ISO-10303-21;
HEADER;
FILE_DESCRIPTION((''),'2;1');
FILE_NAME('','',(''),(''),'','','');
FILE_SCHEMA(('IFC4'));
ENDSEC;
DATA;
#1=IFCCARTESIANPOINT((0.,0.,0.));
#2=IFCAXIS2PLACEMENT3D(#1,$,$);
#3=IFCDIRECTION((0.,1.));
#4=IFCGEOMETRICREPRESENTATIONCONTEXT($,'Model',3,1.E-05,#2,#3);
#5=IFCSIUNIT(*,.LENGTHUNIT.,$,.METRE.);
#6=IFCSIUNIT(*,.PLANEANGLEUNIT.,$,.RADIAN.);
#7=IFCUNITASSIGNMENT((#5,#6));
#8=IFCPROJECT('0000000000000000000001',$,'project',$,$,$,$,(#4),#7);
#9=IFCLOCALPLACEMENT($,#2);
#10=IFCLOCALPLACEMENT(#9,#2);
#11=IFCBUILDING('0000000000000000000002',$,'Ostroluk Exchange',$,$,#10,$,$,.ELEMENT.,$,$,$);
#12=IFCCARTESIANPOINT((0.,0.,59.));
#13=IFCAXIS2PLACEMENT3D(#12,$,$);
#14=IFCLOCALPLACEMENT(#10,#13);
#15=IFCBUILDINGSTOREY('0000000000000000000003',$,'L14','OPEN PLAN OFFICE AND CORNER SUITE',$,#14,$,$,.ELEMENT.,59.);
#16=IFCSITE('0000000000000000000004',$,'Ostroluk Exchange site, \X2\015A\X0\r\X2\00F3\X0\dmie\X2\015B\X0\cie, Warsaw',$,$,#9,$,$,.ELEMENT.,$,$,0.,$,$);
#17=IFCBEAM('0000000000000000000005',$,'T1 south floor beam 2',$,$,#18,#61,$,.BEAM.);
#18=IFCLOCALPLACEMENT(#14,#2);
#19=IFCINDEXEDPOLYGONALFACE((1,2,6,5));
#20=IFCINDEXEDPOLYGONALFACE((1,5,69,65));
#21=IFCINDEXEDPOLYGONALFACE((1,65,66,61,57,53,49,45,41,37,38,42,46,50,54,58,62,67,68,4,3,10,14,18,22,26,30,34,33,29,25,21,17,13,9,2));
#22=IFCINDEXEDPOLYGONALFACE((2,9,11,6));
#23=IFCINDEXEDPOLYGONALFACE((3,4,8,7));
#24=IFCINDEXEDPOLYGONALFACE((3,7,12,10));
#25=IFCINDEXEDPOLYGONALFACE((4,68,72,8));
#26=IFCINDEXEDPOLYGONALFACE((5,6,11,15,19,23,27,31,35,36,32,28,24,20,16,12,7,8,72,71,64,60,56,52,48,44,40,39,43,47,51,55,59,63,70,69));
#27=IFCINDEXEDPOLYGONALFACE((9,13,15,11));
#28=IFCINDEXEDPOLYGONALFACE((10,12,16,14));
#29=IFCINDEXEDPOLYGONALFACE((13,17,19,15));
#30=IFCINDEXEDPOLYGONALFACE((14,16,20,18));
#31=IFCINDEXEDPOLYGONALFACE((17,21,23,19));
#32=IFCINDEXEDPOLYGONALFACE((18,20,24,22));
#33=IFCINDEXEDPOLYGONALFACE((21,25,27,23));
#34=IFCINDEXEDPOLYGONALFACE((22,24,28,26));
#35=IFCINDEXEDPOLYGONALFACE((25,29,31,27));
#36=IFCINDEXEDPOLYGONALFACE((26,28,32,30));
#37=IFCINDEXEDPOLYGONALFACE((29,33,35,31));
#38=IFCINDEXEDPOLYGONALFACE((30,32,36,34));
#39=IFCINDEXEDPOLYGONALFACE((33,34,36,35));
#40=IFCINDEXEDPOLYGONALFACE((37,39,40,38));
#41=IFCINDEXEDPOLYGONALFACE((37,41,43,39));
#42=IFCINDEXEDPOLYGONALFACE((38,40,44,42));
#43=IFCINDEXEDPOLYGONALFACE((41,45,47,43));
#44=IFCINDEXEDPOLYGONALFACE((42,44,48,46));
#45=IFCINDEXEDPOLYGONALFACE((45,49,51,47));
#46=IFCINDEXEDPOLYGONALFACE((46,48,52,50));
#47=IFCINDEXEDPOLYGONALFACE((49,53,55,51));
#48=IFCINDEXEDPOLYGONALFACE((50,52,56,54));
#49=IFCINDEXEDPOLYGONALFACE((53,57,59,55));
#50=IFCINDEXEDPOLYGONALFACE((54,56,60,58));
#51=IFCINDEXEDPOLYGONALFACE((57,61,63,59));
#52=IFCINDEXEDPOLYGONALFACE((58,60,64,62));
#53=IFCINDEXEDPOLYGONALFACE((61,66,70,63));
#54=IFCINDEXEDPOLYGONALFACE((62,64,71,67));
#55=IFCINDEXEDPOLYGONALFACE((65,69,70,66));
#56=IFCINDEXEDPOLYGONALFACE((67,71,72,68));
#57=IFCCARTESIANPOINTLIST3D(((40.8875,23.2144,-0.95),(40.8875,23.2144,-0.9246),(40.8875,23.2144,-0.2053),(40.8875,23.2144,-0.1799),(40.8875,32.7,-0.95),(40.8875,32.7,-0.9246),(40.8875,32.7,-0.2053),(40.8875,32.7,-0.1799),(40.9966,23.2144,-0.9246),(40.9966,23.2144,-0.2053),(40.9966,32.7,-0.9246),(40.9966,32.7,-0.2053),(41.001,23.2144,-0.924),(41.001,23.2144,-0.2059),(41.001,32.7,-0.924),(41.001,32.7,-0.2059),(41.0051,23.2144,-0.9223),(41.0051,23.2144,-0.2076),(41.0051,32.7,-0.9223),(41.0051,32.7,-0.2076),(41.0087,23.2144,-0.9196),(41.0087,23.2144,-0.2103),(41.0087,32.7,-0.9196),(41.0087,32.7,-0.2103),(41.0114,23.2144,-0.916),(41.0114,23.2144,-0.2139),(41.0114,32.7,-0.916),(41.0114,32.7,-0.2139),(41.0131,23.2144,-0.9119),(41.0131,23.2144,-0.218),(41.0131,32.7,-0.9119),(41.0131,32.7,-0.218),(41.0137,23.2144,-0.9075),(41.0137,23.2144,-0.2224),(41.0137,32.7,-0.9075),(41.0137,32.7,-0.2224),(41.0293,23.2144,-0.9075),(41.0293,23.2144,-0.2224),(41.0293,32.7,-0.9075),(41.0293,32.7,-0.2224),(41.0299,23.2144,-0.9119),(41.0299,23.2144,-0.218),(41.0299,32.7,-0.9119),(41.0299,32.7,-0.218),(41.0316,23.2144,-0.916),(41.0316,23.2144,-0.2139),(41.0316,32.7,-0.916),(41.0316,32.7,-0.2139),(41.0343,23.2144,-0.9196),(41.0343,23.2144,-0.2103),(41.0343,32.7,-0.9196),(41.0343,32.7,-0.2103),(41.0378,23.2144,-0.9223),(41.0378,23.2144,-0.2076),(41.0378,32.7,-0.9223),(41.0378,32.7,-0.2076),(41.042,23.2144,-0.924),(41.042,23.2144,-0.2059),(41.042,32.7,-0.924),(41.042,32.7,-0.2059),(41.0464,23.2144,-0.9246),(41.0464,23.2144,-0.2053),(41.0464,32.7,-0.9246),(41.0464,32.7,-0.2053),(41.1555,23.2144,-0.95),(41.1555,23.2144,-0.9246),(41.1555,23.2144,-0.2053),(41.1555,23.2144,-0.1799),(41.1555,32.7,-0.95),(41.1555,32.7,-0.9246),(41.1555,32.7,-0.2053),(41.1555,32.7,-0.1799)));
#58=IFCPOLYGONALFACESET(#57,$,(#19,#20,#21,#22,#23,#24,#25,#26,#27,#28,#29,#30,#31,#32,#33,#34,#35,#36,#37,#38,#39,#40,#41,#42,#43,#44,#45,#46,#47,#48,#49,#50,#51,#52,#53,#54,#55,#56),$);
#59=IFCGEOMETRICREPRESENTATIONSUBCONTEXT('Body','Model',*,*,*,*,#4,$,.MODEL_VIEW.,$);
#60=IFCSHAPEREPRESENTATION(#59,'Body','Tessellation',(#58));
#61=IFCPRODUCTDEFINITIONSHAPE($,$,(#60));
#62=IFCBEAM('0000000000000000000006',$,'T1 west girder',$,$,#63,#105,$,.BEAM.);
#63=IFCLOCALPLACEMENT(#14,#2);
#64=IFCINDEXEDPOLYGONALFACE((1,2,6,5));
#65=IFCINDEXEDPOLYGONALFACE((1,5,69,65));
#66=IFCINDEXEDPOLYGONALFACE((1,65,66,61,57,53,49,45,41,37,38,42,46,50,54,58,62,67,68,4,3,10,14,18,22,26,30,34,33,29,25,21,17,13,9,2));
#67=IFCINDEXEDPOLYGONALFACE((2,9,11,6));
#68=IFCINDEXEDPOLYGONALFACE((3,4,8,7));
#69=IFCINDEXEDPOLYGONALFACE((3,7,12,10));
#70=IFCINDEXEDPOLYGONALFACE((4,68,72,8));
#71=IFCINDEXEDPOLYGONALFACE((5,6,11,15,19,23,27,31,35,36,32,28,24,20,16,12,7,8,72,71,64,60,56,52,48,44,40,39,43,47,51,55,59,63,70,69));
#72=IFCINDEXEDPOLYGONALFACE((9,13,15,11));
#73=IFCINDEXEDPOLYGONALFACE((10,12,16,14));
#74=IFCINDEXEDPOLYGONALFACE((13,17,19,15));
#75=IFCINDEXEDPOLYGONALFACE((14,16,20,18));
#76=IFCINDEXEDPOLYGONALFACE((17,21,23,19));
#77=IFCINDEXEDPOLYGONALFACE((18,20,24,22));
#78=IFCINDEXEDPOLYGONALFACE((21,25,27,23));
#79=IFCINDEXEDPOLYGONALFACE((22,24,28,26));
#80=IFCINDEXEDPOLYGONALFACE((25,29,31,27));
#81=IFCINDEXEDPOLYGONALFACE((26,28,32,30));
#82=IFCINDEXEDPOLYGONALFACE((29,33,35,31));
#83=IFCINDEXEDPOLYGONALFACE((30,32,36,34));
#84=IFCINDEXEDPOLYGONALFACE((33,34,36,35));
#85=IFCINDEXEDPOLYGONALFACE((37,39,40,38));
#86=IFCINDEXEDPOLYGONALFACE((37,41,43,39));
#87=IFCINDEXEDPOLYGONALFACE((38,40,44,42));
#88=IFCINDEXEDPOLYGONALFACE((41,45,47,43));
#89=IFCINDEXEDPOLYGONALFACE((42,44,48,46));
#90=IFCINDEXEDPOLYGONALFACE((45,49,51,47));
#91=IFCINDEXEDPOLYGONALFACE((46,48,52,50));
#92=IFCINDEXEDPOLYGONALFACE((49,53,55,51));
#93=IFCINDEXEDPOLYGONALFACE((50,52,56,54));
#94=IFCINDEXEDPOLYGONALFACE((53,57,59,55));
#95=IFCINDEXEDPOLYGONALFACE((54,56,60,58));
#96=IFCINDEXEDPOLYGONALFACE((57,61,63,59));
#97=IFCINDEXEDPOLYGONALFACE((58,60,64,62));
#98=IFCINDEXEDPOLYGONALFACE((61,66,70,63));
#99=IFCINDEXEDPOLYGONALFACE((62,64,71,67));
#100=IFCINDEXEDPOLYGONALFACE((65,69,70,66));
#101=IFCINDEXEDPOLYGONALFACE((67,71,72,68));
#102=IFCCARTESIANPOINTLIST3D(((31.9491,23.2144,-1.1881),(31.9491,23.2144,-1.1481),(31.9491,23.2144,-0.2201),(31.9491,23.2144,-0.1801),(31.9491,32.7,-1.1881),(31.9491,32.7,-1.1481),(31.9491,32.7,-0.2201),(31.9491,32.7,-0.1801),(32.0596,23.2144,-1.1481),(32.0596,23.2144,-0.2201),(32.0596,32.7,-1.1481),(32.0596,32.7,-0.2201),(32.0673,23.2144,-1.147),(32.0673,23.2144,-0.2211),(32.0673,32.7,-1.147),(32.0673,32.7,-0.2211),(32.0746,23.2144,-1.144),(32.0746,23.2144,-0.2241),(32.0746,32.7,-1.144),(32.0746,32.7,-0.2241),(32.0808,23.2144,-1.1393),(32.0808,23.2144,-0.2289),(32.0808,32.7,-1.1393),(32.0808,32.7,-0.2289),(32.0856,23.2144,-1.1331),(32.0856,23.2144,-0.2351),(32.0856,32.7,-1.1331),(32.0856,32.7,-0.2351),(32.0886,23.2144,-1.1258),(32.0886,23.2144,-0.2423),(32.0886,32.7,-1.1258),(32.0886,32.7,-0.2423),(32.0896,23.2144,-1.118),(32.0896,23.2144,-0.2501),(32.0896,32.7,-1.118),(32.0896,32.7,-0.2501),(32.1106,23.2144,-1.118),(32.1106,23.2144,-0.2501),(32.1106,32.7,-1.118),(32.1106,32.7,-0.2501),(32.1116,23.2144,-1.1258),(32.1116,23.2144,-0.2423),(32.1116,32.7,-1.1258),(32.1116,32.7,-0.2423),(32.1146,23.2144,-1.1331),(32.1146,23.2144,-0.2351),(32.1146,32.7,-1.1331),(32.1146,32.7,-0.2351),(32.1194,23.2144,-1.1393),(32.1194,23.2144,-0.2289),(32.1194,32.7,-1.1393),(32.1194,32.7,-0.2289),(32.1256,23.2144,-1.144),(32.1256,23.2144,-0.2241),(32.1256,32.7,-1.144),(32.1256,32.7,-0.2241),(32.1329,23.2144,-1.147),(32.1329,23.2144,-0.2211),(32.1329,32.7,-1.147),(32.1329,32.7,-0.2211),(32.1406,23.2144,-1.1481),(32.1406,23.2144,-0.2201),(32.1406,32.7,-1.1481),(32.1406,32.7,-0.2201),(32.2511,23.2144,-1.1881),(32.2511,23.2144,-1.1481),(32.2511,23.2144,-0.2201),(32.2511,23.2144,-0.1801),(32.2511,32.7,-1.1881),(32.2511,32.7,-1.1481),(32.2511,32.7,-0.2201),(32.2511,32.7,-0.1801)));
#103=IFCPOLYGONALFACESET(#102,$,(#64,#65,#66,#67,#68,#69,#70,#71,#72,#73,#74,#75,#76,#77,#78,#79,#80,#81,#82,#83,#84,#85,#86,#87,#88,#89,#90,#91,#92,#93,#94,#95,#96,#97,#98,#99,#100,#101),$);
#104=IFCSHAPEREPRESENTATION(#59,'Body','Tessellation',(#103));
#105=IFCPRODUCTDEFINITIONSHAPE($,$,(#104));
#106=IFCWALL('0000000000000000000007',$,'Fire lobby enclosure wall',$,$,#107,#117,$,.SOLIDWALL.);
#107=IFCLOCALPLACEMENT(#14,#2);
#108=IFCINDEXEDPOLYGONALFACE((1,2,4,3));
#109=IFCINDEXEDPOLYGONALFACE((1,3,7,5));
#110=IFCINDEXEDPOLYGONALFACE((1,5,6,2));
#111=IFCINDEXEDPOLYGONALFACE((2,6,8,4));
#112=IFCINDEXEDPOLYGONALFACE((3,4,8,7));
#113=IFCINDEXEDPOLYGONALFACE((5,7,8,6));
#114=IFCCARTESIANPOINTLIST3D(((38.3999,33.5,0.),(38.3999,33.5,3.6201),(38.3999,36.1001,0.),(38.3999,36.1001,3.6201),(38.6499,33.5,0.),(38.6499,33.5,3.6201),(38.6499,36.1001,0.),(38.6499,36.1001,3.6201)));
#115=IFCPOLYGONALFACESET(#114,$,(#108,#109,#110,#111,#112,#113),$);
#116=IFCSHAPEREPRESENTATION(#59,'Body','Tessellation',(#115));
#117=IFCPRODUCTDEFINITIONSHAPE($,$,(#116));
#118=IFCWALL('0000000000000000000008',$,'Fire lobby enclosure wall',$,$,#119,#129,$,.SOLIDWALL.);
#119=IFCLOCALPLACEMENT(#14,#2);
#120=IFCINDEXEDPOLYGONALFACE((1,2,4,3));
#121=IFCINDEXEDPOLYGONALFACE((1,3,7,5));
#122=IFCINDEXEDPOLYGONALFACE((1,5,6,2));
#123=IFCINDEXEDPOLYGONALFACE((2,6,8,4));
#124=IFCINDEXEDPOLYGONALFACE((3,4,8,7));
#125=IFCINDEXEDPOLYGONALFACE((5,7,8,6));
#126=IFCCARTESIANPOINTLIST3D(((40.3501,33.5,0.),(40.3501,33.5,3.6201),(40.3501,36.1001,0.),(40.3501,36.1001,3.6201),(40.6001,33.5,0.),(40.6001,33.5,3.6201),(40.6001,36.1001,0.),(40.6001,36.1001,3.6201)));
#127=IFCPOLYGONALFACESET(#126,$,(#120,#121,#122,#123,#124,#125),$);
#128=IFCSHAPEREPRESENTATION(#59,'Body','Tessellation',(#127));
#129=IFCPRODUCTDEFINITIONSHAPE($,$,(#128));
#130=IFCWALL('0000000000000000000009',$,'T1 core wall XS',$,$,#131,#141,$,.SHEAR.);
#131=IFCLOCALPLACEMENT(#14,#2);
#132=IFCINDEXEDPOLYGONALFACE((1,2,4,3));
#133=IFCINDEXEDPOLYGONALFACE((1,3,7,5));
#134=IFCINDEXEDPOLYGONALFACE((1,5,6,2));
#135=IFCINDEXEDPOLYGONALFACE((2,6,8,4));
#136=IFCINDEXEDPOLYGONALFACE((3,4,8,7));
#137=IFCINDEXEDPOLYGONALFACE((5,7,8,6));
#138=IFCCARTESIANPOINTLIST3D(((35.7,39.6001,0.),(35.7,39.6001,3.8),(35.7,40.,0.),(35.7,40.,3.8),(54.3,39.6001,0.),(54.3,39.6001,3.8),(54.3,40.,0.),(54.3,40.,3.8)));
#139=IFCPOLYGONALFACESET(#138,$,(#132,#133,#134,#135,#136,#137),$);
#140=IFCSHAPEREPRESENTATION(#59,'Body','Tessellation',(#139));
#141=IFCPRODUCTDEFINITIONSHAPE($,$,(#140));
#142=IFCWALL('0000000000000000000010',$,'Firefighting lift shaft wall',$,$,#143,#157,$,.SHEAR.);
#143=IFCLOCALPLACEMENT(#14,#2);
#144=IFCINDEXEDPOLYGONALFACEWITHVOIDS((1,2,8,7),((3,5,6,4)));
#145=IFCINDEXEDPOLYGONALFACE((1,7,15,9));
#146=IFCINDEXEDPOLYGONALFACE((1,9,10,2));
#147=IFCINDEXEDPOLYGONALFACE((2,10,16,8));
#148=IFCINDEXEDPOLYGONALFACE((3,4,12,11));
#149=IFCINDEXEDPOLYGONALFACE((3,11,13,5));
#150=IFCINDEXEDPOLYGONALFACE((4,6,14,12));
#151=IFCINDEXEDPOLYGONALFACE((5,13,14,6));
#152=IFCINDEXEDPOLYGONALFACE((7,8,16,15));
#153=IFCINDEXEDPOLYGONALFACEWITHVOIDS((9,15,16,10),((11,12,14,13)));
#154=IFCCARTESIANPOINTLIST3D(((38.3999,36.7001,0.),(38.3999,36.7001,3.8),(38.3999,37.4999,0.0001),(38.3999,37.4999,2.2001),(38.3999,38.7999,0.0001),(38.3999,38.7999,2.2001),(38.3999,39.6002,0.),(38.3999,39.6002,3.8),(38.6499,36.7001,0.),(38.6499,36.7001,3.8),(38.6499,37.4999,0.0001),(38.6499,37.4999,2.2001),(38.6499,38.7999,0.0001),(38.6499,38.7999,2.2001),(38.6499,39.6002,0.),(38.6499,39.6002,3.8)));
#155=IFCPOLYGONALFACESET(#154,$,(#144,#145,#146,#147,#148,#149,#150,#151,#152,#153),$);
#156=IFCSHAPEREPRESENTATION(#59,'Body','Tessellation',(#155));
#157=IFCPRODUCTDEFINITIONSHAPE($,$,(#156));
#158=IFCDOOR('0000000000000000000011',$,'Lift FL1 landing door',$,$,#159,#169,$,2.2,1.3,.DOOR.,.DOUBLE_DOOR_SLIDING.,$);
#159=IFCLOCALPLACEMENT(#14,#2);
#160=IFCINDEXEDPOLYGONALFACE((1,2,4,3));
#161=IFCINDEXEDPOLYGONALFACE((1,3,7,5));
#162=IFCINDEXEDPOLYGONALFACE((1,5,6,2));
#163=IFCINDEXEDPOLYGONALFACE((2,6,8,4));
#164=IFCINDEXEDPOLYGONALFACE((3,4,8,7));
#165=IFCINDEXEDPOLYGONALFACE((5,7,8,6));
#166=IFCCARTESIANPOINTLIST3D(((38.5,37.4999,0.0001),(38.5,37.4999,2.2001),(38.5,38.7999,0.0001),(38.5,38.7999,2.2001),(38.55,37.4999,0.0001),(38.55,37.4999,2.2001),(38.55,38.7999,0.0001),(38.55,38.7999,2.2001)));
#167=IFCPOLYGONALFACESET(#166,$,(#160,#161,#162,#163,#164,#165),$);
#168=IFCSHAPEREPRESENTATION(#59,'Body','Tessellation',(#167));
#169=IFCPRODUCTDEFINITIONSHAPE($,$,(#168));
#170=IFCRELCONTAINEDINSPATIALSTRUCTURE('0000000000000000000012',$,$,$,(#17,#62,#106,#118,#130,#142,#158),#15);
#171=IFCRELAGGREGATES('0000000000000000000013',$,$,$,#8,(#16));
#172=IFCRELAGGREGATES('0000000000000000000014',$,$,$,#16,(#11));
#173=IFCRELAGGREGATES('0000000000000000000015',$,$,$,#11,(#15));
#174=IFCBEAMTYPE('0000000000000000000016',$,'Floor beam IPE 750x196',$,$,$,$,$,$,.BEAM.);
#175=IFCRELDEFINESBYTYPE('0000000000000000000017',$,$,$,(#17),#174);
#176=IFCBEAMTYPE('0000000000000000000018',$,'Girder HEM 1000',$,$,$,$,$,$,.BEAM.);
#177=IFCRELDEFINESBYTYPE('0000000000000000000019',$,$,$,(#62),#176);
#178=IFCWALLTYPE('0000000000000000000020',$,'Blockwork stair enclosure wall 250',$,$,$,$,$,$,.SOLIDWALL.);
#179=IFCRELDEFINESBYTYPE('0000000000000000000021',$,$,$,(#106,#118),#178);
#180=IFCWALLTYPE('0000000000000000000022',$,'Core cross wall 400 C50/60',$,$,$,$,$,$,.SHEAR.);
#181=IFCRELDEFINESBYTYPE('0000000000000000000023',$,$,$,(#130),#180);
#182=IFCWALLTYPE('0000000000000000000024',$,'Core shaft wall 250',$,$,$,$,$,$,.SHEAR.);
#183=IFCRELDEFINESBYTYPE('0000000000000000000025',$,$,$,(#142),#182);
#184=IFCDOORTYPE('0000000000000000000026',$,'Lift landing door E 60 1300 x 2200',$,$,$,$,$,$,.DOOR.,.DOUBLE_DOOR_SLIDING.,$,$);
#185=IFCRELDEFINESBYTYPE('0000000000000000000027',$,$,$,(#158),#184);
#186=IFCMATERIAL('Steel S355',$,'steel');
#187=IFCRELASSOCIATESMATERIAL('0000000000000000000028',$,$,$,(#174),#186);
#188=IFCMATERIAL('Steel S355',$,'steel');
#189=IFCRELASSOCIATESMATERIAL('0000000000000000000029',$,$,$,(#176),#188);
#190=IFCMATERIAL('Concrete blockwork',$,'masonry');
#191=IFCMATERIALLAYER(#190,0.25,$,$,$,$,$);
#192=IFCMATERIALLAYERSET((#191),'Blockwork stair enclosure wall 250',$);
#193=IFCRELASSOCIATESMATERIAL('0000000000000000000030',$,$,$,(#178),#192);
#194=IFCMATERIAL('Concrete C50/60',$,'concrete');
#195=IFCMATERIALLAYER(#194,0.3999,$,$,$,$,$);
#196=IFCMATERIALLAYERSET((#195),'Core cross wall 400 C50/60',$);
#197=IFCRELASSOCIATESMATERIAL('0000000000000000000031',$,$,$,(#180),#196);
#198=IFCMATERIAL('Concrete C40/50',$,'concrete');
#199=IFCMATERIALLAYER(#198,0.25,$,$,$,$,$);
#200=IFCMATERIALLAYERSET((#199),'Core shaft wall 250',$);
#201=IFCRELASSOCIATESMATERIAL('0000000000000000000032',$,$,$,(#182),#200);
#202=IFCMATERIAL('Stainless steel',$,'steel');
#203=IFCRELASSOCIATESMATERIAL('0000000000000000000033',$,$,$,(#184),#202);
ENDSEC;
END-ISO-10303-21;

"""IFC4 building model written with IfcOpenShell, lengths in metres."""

from ifc_helpers import new_model, si_unit, direction, frame, frame_2d, origin, origin_2d, place, context, subcontext, project, spatial, rectangle, i_section, extrude, material, layer, layer_set, material_profile, profile_set, type_object, element, fill, save


model = new_model("IFC4")

# Units and contexts
model_context = context("Model", 3, precision=1e-05, world=origin(), true_north=direction((0.0, 1.0)))
body_context = subcontext(model_context, "Body", "Model", "MODEL_VIEW")
ifc_project = project(units=[si_unit("LENGTHUNIT", "METRE"), si_unit("PLANEANGLEUNIT", "RADIAN")], contexts=[model_context])

# Site, building, storey
site_placement = place(None, origin())
site = spatial("IfcSite", under=ifc_project, at=site_placement, Name="Ostroluk Exchange site, Śródmieście, Warsaw", CompositionType="ELEMENT", RefElevation=0.0)
building_placement = place(site_placement, origin())
building = spatial("IfcBuilding", under=site, at=building_placement, Name="Ostroluk Exchange", CompositionType="ELEMENT")
storey_placement = place(building_placement, frame((0.0, 0.0, 59.0)))
storey = spatial("IfcBuildingStorey", under=building, at=storey_placement, Name="L14", Description="OPEN PLAN OFFICE AND CORNER SUITE", CompositionType="ELEMENT", Elevation=59.0)

# Beams
ifc_material_1 = material(Name="Steel S355", Category="steel")
ifc_material_profile_1 = material_profile(ifc_material_1, i_section(OverallWidth=0.2681, OverallDepth=0.77, WebThickness=0.0156, FlangeThickness=0.0254, FilletRadius=0.0171, at=origin_2d()), Name="IPE 750x196")
ifc_profile_set_1 = profile_set([ifc_material_profile_1], Name="Steel S355")
beam_type_1 = type_object("IfcBeamType", Name="Floor beam IPE 750x196", PredefinedType="BEAM", material=ifc_profile_set_1)
for number, where, z_axis, x_axis, name in (
    (1, (41.0215, 32.7, -0.5649), (0.0, -1.0, 0.0), (1.0, 0.0, 0.0), "T1 south floor beam 2"),
):
    element("IfcBeam", number, at=place(storey_placement, frame(where, z_axis=z_axis, x_axis=x_axis)), inside=storey, type_object=beam_type_1, Name=name, PredefinedType="BEAM", context=body_context, shape_type="SweptSolid", body=[
        extrude(i_section(OverallWidth=0.2681, OverallDepth=0.77, WebThickness=0.0156, FlangeThickness=0.0254, FilletRadius=0.0171, at=origin_2d()), origin(), (0.0, 0.0, 1.0), 9.4856),
    ])
ifc_material_2 = material(Name="Steel S355", Category="steel")
ifc_material_profile_2 = material_profile(ifc_material_2, i_section(OverallWidth=0.302, OverallDepth=1.0081, WebThickness=0.021, FlangeThickness=0.04, FilletRadius=0.03, at=origin_2d()), Name="HEM 1000")
ifc_profile_set_2 = profile_set([ifc_material_profile_2], Name="Steel S355")
beam_type_2 = type_object("IfcBeamType", Name="Girder HEM 1000", PredefinedType="BEAM", material=ifc_profile_set_2)
beam_1_placement = place(storey_placement, frame((32.1001, 32.7, -0.6841), z_axis=(0.0, -1.0, 0.0), x_axis=(1.0, 0.0, 0.0)))
element("IfcBeam", 2, at=beam_1_placement, inside=storey, type_object=beam_type_2, Name="T1 west girder", PredefinedType="BEAM", context=body_context, shape_type="SweptSolid", body=[
    extrude(i_section(OverallWidth=0.302, OverallDepth=1.0081, WebThickness=0.021, FlangeThickness=0.04, FilletRadius=0.03, at=origin_2d()), origin(), (0.0, 0.0, 1.0), 9.4856),
])

# Walls
ifc_material_3 = material(Name="Concrete blockwork", Category="masonry")
ifc_layer_1 = layer(ifc_material_3, 0.25)
ifc_layer_set_1 = layer_set([ifc_layer_1], Name="Blockwork stair enclosure wall 250")
wall_type_1 = type_object("IfcWallType", Name="Blockwork stair enclosure wall 250", PredefinedType="SOLIDWALL", material=ifc_layer_set_1)
for number, where, z_axis, x_axis, name in (
    (3, (38.5249, 33.5, 0.0), (0.0, 0.0, 1.0), (0.0, 1.0, 0.0), "Fire lobby enclosure wall"),
    (4, (40.4751, 33.5, 0.0), (0.0, 0.0, 1.0), (0.0, 1.0, 0.0), "Fire lobby enclosure wall"),
):
    element("IfcWall", number, at=place(storey_placement, frame(where, z_axis=z_axis, x_axis=x_axis)), inside=storey, type_object=wall_type_1, Name=name, PredefinedType="SOLIDWALL", context=body_context, shape_type="SweptSolid", body=[
        extrude(rectangle(XDim=2.6001, YDim=0.25, at=frame_2d((1.3, 0.0))), origin(), (0.0, 0.0, 1.0), 3.6201),
    ])
ifc_material_4 = material(Name="Concrete C50/60", Category="concrete")
ifc_layer_2 = layer(ifc_material_4, 0.3999)
ifc_layer_set_2 = layer_set([ifc_layer_2], Name="Core cross wall 400 C50/60")
wall_type_2 = type_object("IfcWallType", Name="Core cross wall 400 C50/60", PredefinedType="SHEAR", material=ifc_layer_set_2)
wall_1_placement = place(storey_placement, frame((35.7, 39.8, 0.0), z_axis=(0.0, 0.0, 1.0), x_axis=(1.0, 0.0, 0.0)))
element("IfcWall", 5, at=wall_1_placement, inside=storey, type_object=wall_type_2, Name="T1 core wall XS", PredefinedType="SHEAR", context=body_context, shape_type="SweptSolid", body=[
    extrude(rectangle(XDim=18.6001, YDim=0.3999, at=frame_2d((9.3, 0.0))), origin(), (0.0, 0.0, 1.0), 3.8),
])

# Wall, opening, door
ifc_material_5 = material(Name="Concrete C40/50", Category="concrete")
ifc_layer_3 = layer(ifc_material_5, 0.25)
ifc_layer_set_3 = layer_set([ifc_layer_3], Name="Core shaft wall 250")
wall_type_3 = type_object("IfcWallType", Name="Core shaft wall 250", PredefinedType="SHEAR", material=ifc_layer_set_3)
wall_2_placement = place(storey_placement, frame((38.5249, 36.7, 0.0), z_axis=(0.0, 0.0, 1.0), x_axis=(0.0, 1.0, 0.0)))
wall_2 = element("IfcWall", 6, at=wall_2_placement, inside=storey, type_object=wall_type_3, Name="Firefighting lift shaft wall", PredefinedType="SHEAR", context=body_context, shape_type="SweptSolid", body=[
    extrude(rectangle(XDim=2.9001, YDim=0.25, at=frame_2d((1.4502, 0.0))), origin(), (0.0, 0.0, 1.0), 3.8),
])
opening_1_placement = place(wall_2_placement, frame((0.8, 0.0, 0.0)))
opening_1 = element("IfcOpeningElement", 7, at=opening_1_placement, cuts=wall_2, PredefinedType="OPENING", context=body_context, shape_type="SweptSolid", body=[
    extrude(rectangle(XDim=1.3, YDim=2.2, at=frame_2d((0.6499, 1.1001))), frame((0.0, 0.135, 0.0), z_axis=(0.0, -1.0, 0.0), x_axis=(1.0, 0.0, 0.0)), (0.0, 0.0, 1.0), 0.27),
])
ifc_material_6 = material(Name="Stainless steel", Category="steel")
door_type_1 = type_object("IfcDoorType", Name="Lift landing door E 60 1300 x 2200", OperationType="DOUBLE_DOOR_SLIDING", PredefinedType="DOOR", material=ifc_material_6)
door_1_placement = place(opening_1_placement, origin())
door_1 = element("IfcDoor", 8, at=door_1_placement, inside=storey, type_object=door_type_1, Name="Lift FL1 landing door", OperationType="DOUBLE_DOOR_SLIDING", OverallHeight=2.2, OverallWidth=1.3, PredefinedType="DOOR", context=body_context, shape_type="SweptSolid", body=[
    extrude(rectangle(XDim=1.3, YDim=2.2, at=frame_2d((0.6499, 1.1001))), frame((0.0, 0.0249, 0.0), z_axis=(0.0, -1.0, 0.0), x_axis=(1.0, 0.0, 0.0)), (0.0, 0.0, 1.0), 0.05),
])
fill(opening_1, door_1)

save(model, "model.ifc")
